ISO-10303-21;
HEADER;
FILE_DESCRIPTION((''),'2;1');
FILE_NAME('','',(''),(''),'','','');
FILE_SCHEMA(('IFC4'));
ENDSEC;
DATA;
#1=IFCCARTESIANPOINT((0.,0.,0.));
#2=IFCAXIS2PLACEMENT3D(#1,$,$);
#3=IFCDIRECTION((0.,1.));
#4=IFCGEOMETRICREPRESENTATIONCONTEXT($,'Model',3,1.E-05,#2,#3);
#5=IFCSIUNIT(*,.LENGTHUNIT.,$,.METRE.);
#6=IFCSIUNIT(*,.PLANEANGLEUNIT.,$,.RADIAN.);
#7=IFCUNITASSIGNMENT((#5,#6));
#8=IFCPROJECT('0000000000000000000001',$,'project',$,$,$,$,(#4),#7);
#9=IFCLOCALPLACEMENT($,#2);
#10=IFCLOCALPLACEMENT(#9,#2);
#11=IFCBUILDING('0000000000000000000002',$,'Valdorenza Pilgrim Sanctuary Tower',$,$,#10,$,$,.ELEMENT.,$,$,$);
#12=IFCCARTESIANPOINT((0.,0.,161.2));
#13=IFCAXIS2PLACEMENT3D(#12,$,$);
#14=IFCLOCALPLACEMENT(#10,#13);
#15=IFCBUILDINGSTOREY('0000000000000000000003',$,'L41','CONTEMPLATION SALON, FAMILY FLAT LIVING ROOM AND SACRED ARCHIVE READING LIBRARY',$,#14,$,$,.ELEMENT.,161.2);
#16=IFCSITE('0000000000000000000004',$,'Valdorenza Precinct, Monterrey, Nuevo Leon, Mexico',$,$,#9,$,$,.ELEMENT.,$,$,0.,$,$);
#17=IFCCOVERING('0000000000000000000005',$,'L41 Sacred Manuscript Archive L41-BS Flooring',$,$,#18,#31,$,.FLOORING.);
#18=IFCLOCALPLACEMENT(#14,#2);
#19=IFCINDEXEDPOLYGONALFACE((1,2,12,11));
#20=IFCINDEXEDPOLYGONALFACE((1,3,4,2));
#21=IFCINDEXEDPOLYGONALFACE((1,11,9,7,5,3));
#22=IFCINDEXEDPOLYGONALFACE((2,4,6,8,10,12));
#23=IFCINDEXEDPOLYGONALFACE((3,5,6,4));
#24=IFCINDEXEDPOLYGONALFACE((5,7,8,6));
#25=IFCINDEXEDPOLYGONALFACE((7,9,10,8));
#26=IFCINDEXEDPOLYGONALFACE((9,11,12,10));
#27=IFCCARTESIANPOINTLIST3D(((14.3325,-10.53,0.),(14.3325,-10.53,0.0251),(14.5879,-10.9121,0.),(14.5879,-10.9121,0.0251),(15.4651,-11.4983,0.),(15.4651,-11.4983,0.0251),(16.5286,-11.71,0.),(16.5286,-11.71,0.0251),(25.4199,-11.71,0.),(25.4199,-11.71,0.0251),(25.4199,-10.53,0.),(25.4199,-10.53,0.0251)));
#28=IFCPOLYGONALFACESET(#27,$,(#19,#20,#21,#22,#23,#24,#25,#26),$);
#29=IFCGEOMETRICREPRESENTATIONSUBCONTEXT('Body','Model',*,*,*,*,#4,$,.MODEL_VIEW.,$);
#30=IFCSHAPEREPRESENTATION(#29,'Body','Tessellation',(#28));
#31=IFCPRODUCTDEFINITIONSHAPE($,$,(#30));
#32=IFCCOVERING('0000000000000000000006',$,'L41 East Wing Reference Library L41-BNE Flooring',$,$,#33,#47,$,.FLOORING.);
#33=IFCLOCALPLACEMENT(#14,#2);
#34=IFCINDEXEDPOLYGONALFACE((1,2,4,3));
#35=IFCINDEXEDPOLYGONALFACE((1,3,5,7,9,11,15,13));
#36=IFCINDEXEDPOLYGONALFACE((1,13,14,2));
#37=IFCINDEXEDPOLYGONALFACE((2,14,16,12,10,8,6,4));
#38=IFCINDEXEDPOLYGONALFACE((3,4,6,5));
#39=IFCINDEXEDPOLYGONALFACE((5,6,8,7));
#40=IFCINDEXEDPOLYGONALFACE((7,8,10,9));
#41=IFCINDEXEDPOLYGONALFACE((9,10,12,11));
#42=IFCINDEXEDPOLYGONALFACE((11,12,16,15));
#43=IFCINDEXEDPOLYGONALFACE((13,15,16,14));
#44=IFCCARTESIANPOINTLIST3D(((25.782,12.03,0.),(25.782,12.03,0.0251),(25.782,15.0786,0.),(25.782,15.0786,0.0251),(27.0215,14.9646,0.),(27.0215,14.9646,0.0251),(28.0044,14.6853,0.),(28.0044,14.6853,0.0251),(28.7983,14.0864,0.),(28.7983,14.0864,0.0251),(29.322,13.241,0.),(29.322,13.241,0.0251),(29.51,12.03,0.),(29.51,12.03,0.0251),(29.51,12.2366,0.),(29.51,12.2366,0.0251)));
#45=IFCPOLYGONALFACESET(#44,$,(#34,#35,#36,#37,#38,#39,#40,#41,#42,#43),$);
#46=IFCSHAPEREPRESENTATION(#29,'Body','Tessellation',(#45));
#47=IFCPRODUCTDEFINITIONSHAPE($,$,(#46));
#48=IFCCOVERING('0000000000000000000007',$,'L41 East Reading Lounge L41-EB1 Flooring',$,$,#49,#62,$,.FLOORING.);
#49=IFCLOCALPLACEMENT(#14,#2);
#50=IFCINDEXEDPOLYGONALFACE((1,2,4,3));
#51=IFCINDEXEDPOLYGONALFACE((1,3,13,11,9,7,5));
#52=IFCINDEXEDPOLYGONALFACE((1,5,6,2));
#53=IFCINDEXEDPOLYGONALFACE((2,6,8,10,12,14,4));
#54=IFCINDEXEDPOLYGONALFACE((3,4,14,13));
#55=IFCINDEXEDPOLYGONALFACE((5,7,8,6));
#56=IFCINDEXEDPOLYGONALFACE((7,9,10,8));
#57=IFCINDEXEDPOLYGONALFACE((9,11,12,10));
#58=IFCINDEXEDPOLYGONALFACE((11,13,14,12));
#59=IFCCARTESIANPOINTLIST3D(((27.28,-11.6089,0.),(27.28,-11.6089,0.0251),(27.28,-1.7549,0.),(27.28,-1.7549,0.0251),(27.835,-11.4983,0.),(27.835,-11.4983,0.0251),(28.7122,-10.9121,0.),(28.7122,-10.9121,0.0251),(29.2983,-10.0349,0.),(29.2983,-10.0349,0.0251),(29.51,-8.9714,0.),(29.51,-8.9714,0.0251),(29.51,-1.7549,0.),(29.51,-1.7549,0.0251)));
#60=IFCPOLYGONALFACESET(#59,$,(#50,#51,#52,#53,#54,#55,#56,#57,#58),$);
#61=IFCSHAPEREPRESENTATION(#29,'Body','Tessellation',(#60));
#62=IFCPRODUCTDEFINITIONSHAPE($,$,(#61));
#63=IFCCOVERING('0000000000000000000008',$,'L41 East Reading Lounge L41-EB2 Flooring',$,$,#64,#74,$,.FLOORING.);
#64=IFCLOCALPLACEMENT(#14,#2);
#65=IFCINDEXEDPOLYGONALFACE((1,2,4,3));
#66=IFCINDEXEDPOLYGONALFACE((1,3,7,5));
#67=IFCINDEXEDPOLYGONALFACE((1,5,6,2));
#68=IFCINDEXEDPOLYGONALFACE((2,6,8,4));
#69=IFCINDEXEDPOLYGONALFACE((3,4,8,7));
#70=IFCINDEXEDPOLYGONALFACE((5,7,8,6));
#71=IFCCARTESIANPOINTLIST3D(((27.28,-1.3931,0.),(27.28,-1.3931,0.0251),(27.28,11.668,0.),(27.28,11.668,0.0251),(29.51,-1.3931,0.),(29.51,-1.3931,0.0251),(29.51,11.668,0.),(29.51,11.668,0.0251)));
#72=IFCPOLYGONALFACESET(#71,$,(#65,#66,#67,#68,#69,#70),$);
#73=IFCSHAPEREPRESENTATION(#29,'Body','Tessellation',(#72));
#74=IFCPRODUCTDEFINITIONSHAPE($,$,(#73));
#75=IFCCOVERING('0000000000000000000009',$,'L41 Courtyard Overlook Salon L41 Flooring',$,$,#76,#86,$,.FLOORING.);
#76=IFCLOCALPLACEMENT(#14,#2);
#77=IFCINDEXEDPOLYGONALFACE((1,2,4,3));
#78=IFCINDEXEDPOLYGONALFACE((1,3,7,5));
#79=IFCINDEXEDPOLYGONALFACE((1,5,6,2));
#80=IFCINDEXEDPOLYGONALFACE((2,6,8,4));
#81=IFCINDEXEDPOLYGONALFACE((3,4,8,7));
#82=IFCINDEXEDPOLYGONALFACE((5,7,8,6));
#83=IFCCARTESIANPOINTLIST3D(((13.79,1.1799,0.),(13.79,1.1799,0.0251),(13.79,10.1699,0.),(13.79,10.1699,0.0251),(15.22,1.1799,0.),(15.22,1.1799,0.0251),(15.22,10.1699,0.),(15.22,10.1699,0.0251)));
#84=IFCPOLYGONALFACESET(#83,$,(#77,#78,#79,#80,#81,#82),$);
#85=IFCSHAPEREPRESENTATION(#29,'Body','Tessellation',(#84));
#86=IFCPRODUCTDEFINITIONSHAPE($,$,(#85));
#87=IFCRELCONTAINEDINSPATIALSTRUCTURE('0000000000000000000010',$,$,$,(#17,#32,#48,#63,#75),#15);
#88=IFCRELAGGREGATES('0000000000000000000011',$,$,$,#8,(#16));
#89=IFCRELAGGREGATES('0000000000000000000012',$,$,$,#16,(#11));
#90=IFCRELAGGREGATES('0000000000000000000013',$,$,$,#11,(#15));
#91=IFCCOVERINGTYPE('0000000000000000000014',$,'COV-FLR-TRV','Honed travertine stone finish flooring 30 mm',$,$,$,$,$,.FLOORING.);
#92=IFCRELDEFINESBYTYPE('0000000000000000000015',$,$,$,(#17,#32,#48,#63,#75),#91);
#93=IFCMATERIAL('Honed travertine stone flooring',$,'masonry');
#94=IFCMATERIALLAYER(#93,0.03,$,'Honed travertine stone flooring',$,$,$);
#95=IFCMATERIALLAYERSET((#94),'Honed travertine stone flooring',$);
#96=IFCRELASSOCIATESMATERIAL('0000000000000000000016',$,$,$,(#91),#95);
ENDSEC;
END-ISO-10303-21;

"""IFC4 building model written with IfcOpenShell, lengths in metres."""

from ifc_helpers import new_model, si_unit, direction, frame, origin, place, context, subcontext, project, spatial, polyline, outline, extrude, material, layer, layer_set, type_object, element, save


model = new_model("IFC4")

# Units and contexts
model_context = context("Model", 3, precision=1e-05, world=origin(), true_north=direction((0.0, 1.0)))
body_context = subcontext(model_context, "Body", "Model", "MODEL_VIEW")
ifc_project = project(units=[si_unit("LENGTHUNIT", "METRE"), si_unit("PLANEANGLEUNIT", "RADIAN")], contexts=[model_context])

# Site, building, storey
site_placement = place(None, origin())
site = spatial("IfcSite", under=ifc_project, at=site_placement, Name="Valdorenza Precinct, Monterrey, Nuevo Leon, Mexico", CompositionType="ELEMENT", RefElevation=0.0)
building_placement = place(site_placement, origin())
building = spatial("IfcBuilding", under=site, at=building_placement, Name="Valdorenza Pilgrim Sanctuary Tower", CompositionType="ELEMENT")
storey_placement = place(building_placement, frame((0.0, 0.0, 161.2)))
storey = spatial("IfcBuildingStorey", under=building, at=storey_placement, Name="L41", Description="CONTEMPLATION SALON, FAMILY FLAT LIVING ROOM AND SACRED ARCHIVE READING LIBRARY", CompositionType="ELEMENT", Elevation=161.2)

# Coverings
ifc_material_1 = material(Name="Honed travertine stone flooring", Category="masonry")
ifc_layer_1 = layer(ifc_material_1, 0.03, Name="Honed travertine stone flooring")
ifc_layer_set_1 = layer_set([ifc_layer_1], Name="Honed travertine stone flooring")
covering_type_1 = type_object("IfcCoveringType", Name="COV-FLR-TRV", Description="Honed travertine stone finish flooring 30 mm", PredefinedType="FLOORING", material=ifc_layer_set_1)
covering_1_placement = place(storey_placement, origin())
element("IfcCovering", 1, at=covering_1_placement, inside=storey, type_object=covering_type_1, Name="L41 Sacred Manuscript Archive L41-BS Flooring", PredefinedType="FLOORING", context=body_context, shape_type="SweptSolid", body=[
    extrude(outline(polyline([(25.4199, -11.71), (16.5286, -11.71), (15.4651, -11.4983), (14.5879, -10.9121), (14.3325, -10.53), (25.4199, -10.53), (25.4199, -11.71)])), origin(), (0.0, 0.0, 1.0), 0.0251),
])
covering_2_placement = place(storey_placement, origin())
element("IfcCovering", 2, at=covering_2_placement, inside=storey, type_object=covering_type_1, Name="L41 East Wing Reference Library L41-BNE Flooring", PredefinedType="FLOORING", context=body_context, shape_type="SweptSolid", body=[
    extrude(outline(polyline([(27.0215, 14.9646), (28.0044, 14.6853), (28.7983, 14.0864), (29.322, 13.241), (29.51, 12.2366), (29.51, 12.03), (25.782, 12.03), (25.782, 15.0786), (27.0215, 14.9646)])), origin(), (0.0, 0.0, 1.0), 0.0251),
])
covering_3_placement = place(storey_placement, origin())
element("IfcCovering", 3, at=covering_3_placement, inside=storey, type_object=covering_type_1, Name="L41 East Reading Lounge L41-EB1 Flooring", PredefinedType="FLOORING", context=body_context, shape_type="SweptSolid", body=[
    extrude(outline(polyline([(29.51, -1.7549), (29.51, -8.9714), (29.2983, -10.0349), (28.7122, -10.9121), (27.835, -11.4983), (27.28, -11.6089), (27.28, -1.7549), (29.51, -1.7549)])), origin(), (0.0, 0.0, 1.0), 0.0251),
])
covering_4_placement = place(storey_placement, origin())
element("IfcCovering", 4, at=covering_4_placement, inside=storey, type_object=covering_type_1, Name="L41 East Reading Lounge L41-EB2 Flooring", PredefinedType="FLOORING", context=body_context, shape_type="SweptSolid", body=[
    extrude(outline(polyline([(27.28, 11.668), (29.51, 11.668), (29.51, -1.3931), (27.28, -1.3931), (27.28, 11.668)])), origin(), (0.0, 0.0, 1.0), 0.0251),
])
covering_5_placement = place(storey_placement, origin())
element("IfcCovering", 5, at=covering_5_placement, inside=storey, type_object=covering_type_1, Name="L41 Courtyard Overlook Salon L41 Flooring", PredefinedType="FLOORING", context=body_context, shape_type="SweptSolid", body=[
    extrude(outline(polyline([(15.22, 1.1799), (13.79, 1.1799), (13.79, 10.1699), (15.22, 10.1699), (15.22, 1.1799)])), origin(), (0.0, 0.0, 1.0), 0.0251),
])

save(model, "model.ifc")
